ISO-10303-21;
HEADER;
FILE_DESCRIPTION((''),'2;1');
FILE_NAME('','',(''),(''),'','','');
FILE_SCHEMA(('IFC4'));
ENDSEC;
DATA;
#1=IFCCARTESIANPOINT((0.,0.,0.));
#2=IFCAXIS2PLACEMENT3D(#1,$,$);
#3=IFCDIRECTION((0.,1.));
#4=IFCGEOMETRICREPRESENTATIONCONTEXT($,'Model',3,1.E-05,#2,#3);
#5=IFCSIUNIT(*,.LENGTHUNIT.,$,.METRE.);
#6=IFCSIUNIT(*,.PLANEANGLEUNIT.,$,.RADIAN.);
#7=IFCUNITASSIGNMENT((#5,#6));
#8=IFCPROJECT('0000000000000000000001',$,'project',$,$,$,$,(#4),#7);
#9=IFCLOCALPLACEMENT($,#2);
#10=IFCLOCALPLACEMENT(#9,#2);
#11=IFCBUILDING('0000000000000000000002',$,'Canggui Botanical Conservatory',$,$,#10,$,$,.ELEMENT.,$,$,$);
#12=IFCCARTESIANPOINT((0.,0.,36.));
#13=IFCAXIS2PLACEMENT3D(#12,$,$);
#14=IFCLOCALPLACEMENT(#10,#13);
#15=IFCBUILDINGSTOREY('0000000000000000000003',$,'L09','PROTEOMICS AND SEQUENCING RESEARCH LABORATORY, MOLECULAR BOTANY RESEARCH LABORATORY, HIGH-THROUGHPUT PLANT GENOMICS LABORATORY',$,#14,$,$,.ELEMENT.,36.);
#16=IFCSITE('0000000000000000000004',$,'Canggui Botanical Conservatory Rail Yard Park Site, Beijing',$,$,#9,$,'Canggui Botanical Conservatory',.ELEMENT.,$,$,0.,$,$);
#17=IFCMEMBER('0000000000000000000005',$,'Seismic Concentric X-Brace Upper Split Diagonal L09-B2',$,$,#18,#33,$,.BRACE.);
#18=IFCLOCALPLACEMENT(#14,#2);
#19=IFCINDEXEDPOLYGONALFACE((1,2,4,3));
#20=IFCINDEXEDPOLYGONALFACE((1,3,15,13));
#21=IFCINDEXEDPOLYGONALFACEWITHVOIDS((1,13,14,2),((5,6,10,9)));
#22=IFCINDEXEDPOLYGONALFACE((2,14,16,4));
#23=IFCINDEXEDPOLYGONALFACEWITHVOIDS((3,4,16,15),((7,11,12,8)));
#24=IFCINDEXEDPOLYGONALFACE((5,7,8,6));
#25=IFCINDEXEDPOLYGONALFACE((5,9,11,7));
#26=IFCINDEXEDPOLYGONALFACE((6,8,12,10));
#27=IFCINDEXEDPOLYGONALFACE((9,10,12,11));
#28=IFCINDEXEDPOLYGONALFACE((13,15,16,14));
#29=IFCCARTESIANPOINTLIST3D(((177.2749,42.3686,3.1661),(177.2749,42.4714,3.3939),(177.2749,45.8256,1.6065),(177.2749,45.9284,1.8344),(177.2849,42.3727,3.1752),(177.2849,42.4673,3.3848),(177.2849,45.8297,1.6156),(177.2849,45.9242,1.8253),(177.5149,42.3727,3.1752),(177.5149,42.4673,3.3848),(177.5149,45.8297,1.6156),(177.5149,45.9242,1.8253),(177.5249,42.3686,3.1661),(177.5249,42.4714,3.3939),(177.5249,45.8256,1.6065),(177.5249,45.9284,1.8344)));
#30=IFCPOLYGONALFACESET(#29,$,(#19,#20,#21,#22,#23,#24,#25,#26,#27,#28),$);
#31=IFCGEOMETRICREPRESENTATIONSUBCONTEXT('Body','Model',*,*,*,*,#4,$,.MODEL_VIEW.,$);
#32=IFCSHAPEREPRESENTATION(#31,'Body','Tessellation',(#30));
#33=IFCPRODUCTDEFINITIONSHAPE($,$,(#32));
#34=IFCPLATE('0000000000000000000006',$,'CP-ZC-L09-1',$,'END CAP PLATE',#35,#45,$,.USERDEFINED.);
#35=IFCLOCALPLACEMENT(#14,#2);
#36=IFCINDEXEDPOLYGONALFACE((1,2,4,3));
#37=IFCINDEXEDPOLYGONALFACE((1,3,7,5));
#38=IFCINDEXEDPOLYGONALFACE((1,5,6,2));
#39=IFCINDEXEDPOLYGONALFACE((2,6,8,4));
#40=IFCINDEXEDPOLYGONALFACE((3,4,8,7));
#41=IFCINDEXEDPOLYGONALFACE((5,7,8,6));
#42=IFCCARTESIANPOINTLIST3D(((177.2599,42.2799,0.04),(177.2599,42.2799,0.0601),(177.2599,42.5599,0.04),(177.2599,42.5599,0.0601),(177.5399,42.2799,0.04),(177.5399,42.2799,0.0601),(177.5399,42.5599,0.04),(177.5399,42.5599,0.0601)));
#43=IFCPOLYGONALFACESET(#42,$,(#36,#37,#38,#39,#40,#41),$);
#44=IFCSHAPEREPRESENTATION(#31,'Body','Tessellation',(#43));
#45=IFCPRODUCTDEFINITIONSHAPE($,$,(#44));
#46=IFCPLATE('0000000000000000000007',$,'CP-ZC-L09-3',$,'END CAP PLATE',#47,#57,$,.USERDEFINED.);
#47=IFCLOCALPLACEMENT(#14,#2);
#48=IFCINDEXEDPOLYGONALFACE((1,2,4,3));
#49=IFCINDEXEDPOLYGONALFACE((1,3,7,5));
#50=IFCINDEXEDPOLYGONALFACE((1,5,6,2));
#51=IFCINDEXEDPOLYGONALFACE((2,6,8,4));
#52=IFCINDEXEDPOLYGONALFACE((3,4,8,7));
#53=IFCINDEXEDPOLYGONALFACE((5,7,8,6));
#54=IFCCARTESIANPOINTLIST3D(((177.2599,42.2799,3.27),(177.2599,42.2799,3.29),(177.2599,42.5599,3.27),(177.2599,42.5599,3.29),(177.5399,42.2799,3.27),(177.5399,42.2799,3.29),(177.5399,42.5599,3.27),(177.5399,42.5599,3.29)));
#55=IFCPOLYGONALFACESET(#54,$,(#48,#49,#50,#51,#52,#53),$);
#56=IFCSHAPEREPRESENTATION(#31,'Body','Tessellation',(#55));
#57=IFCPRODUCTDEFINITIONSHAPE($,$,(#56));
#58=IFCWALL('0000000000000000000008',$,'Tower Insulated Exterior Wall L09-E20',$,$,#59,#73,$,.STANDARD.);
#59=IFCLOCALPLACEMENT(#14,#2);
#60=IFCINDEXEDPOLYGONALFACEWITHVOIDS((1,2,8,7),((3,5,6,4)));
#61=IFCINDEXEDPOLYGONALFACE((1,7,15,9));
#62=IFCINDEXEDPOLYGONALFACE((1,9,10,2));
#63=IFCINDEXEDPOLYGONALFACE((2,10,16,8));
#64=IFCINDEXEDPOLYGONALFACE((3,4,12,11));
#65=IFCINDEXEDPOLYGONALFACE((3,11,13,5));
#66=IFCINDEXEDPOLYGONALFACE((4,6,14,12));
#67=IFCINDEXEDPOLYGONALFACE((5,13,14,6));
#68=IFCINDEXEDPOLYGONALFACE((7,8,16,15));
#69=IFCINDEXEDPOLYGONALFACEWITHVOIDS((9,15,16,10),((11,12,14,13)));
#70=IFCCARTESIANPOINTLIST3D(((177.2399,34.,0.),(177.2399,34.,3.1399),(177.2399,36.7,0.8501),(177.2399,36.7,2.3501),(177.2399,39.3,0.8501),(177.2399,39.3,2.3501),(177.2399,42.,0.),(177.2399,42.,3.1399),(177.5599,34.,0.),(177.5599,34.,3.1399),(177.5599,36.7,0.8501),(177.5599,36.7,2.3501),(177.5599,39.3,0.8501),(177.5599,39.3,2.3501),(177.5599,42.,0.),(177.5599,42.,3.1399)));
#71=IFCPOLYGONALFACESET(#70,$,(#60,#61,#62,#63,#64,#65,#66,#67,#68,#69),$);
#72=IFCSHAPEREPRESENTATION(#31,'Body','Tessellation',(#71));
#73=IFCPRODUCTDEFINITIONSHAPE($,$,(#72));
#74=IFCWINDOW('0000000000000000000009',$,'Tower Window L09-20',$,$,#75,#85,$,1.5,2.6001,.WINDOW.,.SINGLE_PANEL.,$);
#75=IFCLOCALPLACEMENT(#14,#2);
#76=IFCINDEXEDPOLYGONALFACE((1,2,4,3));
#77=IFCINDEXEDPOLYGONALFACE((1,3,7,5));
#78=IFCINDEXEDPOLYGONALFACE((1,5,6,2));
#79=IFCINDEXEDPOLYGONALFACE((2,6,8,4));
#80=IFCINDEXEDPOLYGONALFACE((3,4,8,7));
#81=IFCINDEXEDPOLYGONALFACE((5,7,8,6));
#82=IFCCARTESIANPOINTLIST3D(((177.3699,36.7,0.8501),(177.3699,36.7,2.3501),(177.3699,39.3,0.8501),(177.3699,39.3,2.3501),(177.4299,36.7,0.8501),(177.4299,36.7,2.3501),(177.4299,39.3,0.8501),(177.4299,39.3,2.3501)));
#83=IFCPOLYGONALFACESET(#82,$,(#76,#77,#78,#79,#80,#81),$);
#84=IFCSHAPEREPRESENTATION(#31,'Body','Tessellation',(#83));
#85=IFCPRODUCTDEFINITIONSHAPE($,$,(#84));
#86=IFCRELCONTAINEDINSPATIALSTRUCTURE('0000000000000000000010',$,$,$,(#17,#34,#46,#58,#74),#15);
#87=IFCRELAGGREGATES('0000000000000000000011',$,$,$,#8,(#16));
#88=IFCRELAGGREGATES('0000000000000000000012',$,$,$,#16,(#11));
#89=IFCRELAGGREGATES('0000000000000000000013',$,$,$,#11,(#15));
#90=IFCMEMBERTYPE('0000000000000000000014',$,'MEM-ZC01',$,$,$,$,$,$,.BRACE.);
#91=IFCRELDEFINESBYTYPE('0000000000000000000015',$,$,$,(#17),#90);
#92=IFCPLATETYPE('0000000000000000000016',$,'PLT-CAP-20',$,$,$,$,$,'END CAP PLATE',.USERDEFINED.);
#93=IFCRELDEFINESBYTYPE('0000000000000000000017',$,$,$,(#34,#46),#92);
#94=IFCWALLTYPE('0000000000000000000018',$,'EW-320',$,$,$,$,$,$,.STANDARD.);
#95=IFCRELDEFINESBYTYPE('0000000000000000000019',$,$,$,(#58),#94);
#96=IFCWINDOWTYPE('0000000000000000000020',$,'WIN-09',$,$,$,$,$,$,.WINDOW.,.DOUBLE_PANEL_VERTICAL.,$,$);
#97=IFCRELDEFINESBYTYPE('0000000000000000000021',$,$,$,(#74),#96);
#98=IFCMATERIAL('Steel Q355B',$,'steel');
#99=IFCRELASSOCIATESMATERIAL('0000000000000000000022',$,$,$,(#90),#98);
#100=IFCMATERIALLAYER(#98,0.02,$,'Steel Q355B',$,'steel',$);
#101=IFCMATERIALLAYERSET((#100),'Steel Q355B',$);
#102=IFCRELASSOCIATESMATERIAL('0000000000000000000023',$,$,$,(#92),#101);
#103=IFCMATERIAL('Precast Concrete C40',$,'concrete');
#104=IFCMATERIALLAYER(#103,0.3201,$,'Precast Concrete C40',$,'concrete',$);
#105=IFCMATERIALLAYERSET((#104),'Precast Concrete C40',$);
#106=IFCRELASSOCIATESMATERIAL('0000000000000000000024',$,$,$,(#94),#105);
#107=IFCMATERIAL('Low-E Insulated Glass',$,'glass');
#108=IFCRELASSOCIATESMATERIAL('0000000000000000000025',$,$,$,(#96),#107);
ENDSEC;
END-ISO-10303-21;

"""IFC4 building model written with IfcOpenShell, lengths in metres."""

from ifc_helpers import new_model, si_unit, direction, frame, frame_2d, origin, origin_2d, place, context, subcontext, project, spatial, rectangle, hollow_rectangle, extrude, material, layer, layer_set, material_profile, profile_set, type_object, element, fill, save


model = new_model("IFC4")

# Units and contexts
model_context = context("Model", 3, precision=1e-05, world=origin(), true_north=direction((0.0, 1.0)))
body_context = subcontext(model_context, "Body", "Model", "MODEL_VIEW")
ifc_project = project(units=[si_unit("LENGTHUNIT", "METRE"), si_unit("PLANEANGLEUNIT", "RADIAN")], contexts=[model_context])

# Site, building, storey
site_placement = place(None, origin())
site = spatial("IfcSite", under=ifc_project, at=site_placement, Name="Canggui Botanical Conservatory Rail Yard Park Site, Beijing", LongName="Canggui Botanical Conservatory", CompositionType="ELEMENT", RefElevation=0.0)
building_placement = place(site_placement, origin())
building = spatial("IfcBuilding", under=site, at=building_placement, Name="Canggui Botanical Conservatory", CompositionType="ELEMENT")
storey_placement = place(building_placement, frame((0.0, 0.0, 36.0)))
storey = spatial("IfcBuildingStorey", under=building, at=storey_placement, Name="L09", Description="PROTEOMICS AND SEQUENCING RESEARCH LABORATORY, MOLECULAR BOTANY RESEARCH LABORATORY, HIGH-THROUGHPUT PLANT GENOMICS LABORATORY", CompositionType="ELEMENT", Elevation=36.0)

# Member
ifc_material_1 = material(Name="Steel Q355B", Category="steel")
ifc_material_profile_1 = material_profile(ifc_material_1, hollow_rectangle(XDim=0.25, YDim=0.25, WallThickness=0.01, at=origin_2d()), Name="SHS 250x250x10")
ifc_profile_set_1 = profile_set([ifc_material_profile_1], Name="Steel Q355B")
member_type_1 = type_object("IfcMemberType", Name="MEM-ZC01", PredefinedType="BRACE", material=ifc_profile_set_1)
member_1_placement = place(storey_placement, frame((177.3999, 45.877, 1.7205), z_axis=(0.0, -0.911536, 0.411221), x_axis=(1.0, 0.0, 0.0)))
element("IfcMember", 1, at=member_1_placement, inside=storey, type_object=member_type_1, Name="Seismic Concentric X-Brace Upper Split Diagonal L09-B2", PredefinedType="BRACE", context=body_context, shape_type="SweptSolid", body=[
    extrude(hollow_rectangle(XDim=0.25, YDim=0.25, WallThickness=0.01, at=origin_2d()), origin(), (0.0, 0.0, 1.0), 3.7925),
])

# Plates
ifc_layer_1 = layer(ifc_material_1, 0.02, Name="Steel Q355B", Category="steel")
ifc_layer_set_1 = layer_set([ifc_layer_1], Name="Steel Q355B")
plate_type = type_object("IfcPlateType", Name="PLT-CAP-20", ElementType="END CAP PLATE", PredefinedType="USERDEFINED", material=ifc_layer_set_1)
for number, where, z_axis, x_axis, name in (
    (2, (177.3999, 42.4199, 0.04), (0.0, 0.0, 1.0), (1.0, 0.0, 0.0), "CP-ZC-L09-1"),
    (3, (177.3999, 42.4199, 3.27), (0.0, 0.0, 1.0), (1.0, 0.0, 0.0), "CP-ZC-L09-3"),
):
    element("IfcPlate", number, at=place(storey_placement, frame(where, z_axis=z_axis, x_axis=x_axis)), inside=storey, type_object=plate_type, Name=name, ObjectType="END CAP PLATE", PredefinedType="USERDEFINED", context=body_context, shape_type="SweptSolid", body=[
        extrude(rectangle(XDim=0.28, YDim=0.28, at=origin_2d()), origin(), (0.0, 0.0, 1.0), 0.02),
    ])

# Wall, opening, window
ifc_material_2 = material(Name="Precast Concrete C40", Category="concrete")
ifc_layer_2 = layer(ifc_material_2, 0.3201, Name="Precast Concrete C40", Category="concrete")
ifc_layer_set_2 = layer_set([ifc_layer_2], Name="Precast Concrete C40")
wall_type = type_object("IfcWallType", Name="EW-320", PredefinedType="STANDARD", material=ifc_layer_set_2)
wall_placement = place(storey_placement, frame((177.3999, 42.0, 0.0), z_axis=(0.0, 0.0, 1.0), x_axis=(0.0, -1.0, 0.0)))
wall = element("IfcWall", 4, at=wall_placement, inside=storey, type_object=wall_type, Name="Tower Insulated Exterior Wall L09-E20", PredefinedType="STANDARD", context=body_context, shape_type="SweptSolid", body=[
    extrude(rectangle(XDim=8.0, YDim=0.3201, at=frame_2d((4.0, 0.0))), origin(), (0.0, 0.0, 1.0), 3.1399),
])
opening_placement = place(wall_placement, frame((2.7, 0.0, 0.8501)))
opening = element("IfcOpeningElement", 5, at=opening_placement, cuts=wall, PredefinedType="OPENING", context=body_context, shape_type="SweptSolid", body=[
    extrude(rectangle(XDim=2.6001, YDim=1.5, at=frame_2d((1.3, 0.75))), frame((0.0, 0.1699, 0.0), z_axis=(0.0, -1.0, 0.0), x_axis=(1.0, 0.0, 0.0)), (0.0, 0.0, 1.0), 0.3401),
])
ifc_material_3 = material(Name="Low-E Insulated Glass", Category="glass")
window_type = type_object("IfcWindowType", Name="WIN-09", PartitioningType="DOUBLE_PANEL_VERTICAL", PredefinedType="WINDOW", material=ifc_material_3)
window_placement = place(opening_placement, origin())
window = element("IfcWindow", 6, at=window_placement, inside=storey, type_object=window_type, Name="Tower Window L09-20", OverallHeight=1.5, OverallWidth=2.6001, PartitioningType="SINGLE_PANEL", PredefinedType="WINDOW", context=body_context, shape_type="SweptSolid", body=[
    extrude(rectangle(XDim=2.6001, YDim=1.5, at=frame_2d((1.3, 0.75))), frame((0.0, 0.03, 0.0), z_axis=(0.0, -1.0, 0.0), x_axis=(1.0, 0.0, 0.0)), (0.0, 0.0, 1.0), 0.0601),
])
fill(opening, window)

save(model, "model.ifc")
